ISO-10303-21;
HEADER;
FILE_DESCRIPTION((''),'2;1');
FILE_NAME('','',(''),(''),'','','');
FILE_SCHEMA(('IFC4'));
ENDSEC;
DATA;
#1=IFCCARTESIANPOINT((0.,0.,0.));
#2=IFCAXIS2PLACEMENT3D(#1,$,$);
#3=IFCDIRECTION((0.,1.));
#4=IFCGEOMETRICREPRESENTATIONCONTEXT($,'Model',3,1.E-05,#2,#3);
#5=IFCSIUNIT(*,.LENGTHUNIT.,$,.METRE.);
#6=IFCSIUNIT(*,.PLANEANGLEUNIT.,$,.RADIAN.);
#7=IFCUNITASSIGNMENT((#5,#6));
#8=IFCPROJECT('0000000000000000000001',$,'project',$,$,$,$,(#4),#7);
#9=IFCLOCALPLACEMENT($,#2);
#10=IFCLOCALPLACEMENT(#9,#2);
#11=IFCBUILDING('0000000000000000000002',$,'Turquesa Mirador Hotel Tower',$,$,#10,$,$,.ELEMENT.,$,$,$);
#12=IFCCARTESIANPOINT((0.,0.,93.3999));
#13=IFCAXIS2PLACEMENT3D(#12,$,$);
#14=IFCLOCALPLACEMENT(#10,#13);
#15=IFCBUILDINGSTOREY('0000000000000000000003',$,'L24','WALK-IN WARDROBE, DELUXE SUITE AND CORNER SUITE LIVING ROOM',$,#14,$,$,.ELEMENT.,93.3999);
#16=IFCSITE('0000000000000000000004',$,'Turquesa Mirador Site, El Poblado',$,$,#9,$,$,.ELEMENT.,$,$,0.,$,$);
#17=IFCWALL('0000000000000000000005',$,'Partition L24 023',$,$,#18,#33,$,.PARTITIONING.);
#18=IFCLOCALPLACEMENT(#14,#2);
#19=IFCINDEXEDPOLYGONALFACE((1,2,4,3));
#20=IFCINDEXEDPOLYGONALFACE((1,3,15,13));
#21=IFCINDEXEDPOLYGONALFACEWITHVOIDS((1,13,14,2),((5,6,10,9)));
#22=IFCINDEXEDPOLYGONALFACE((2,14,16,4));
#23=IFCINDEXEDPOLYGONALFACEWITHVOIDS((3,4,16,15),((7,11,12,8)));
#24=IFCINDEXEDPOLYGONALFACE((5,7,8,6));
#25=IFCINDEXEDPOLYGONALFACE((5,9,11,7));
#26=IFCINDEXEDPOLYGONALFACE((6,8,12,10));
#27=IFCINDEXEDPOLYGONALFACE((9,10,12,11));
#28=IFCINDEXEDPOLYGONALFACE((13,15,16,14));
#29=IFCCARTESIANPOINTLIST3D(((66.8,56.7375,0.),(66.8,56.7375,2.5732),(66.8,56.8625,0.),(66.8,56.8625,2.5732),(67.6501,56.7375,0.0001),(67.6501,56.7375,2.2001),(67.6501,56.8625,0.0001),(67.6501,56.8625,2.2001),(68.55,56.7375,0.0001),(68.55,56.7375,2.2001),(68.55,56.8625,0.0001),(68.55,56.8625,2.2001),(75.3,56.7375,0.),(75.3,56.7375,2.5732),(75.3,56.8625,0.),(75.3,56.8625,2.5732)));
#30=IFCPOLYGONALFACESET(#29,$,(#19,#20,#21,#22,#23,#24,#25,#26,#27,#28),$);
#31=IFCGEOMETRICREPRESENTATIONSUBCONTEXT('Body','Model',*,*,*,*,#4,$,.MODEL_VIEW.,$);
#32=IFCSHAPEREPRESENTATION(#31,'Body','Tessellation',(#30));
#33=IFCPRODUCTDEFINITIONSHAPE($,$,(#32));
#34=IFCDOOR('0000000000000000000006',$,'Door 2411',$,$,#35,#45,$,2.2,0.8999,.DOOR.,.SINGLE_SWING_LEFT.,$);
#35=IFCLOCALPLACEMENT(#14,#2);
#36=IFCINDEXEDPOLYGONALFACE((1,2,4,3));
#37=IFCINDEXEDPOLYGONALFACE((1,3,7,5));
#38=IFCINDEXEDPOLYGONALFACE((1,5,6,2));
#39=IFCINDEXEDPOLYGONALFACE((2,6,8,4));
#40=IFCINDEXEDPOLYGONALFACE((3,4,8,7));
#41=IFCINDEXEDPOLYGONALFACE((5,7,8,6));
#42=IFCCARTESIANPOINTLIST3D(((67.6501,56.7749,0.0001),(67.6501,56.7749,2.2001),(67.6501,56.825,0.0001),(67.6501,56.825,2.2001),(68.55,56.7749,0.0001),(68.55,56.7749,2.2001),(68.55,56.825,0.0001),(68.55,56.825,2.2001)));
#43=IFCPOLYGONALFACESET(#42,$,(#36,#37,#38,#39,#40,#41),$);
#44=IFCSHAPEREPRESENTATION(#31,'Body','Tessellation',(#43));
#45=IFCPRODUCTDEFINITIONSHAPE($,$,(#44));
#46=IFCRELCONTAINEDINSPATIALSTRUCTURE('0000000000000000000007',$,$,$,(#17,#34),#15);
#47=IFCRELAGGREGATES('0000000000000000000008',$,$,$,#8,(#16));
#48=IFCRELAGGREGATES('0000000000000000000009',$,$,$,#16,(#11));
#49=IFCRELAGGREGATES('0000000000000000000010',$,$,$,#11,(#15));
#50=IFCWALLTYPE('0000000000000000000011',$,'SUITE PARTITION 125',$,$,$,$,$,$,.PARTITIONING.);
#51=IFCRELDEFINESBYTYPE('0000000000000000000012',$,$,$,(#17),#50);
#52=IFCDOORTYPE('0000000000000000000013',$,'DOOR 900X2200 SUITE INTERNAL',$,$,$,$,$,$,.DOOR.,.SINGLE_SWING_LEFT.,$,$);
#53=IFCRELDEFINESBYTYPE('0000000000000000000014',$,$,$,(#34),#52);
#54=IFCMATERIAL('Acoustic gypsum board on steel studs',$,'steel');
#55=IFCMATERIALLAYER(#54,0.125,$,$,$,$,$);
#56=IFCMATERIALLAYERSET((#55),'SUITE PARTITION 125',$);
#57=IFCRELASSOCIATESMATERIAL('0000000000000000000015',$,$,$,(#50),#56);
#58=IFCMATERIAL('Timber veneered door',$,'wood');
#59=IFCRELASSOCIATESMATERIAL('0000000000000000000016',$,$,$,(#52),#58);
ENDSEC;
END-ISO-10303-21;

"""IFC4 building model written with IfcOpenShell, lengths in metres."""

from ifc_helpers import new_model, si_unit, direction, frame, frame_2d, origin, place, context, subcontext, project, spatial, rectangle, extrude, material, layer, layer_set, type_object, element, fill, save


model = new_model("IFC4")

# Units and contexts
model_context = context("Model", 3, precision=1e-05, world=origin(), true_north=direction((0.0, 1.0)))
body_context = subcontext(model_context, "Body", "Model", "MODEL_VIEW")
ifc_project = project(units=[si_unit("LENGTHUNIT", "METRE"), si_unit("PLANEANGLEUNIT", "RADIAN")], contexts=[model_context])

# Site, building, storey
site_placement = place(None, origin())
site = spatial("IfcSite", under=ifc_project, at=site_placement, Name="Turquesa Mirador Site, El Poblado", CompositionType="ELEMENT", RefElevation=0.0)
building_placement = place(site_placement, origin())
building = spatial("IfcBuilding", under=site, at=building_placement, Name="Turquesa Mirador Hotel Tower", CompositionType="ELEMENT")
storey_placement = place(building_placement, frame((0.0, 0.0, 93.3999)))
storey = spatial("IfcBuildingStorey", under=building, at=storey_placement, Name="L24", Description="WALK-IN WARDROBE, DELUXE SUITE AND CORNER SUITE LIVING ROOM", CompositionType="ELEMENT", Elevation=93.3999)

# Wall, opening, door
ifc_material_1 = material(Name="Acoustic gypsum board on steel studs", Category="steel")
ifc_layer_1 = layer(ifc_material_1, 0.125)
ifc_layer_set_1 = layer_set([ifc_layer_1], Name="SUITE PARTITION 125")
wall_type_1 = type_object("IfcWallType", Name="SUITE PARTITION 125", PredefinedType="PARTITIONING", material=ifc_layer_set_1)
wall_1_placement = place(storey_placement, frame((66.8, 56.8, 0.0), z_axis=(0.0, 0.0, 1.0), x_axis=(1.0, 0.0, 0.0)))
wall_1 = element("IfcWall", 1, at=wall_1_placement, inside=storey, type_object=wall_type_1, Name="Partition L24 023", PredefinedType="PARTITIONING", context=body_context, shape_type="SweptSolid", body=[
    extrude(rectangle(XDim=8.5, YDim=0.125, at=frame_2d((4.25, 0.0))), origin(), (0.0, 0.0, 1.0), 2.5732),
])
opening_1_placement = place(wall_1_placement, frame((0.8501, 0.0, 0.0)))
opening_1 = element("IfcOpeningElement", 2, at=opening_1_placement, cuts=wall_1, PredefinedType="OPENING", context=body_context, shape_type="SweptSolid", body=[
    extrude(rectangle(XDim=0.8999, YDim=2.2, at=frame_2d((0.45, 1.1001))), frame((0.0, 0.0725, 0.0), z_axis=(0.0, -1.0, 0.0), x_axis=(1.0, 0.0, 0.0)), (0.0, 0.0, 1.0), 0.145),
])
ifc_material_2 = material(Name="Timber veneered door", Category="wood")
door_type = type_object("IfcDoorType", Name="DOOR 900X2200 SUITE INTERNAL", OperationType="SINGLE_SWING_LEFT", PredefinedType="DOOR", material=ifc_material_2)
door_placement = place(opening_1_placement, origin())
door = element("IfcDoor", 3, at=door_placement, inside=storey, type_object=door_type, Name="Door 2411", OperationType="SINGLE_SWING_LEFT", OverallHeight=2.2, OverallWidth=0.8999, PredefinedType="DOOR", context=body_context, shape_type="SweptSolid", body=[
    extrude(rectangle(XDim=0.8999, YDim=2.2, at=frame_2d((0.45, 1.1001))), frame((0.0, 0.0249, 0.0), z_axis=(0.0, -1.0, 0.0), x_axis=(1.0, 0.0, 0.0)), (0.0, 0.0, 1.0), 0.05),
])
fill(opening_1, door)

save(model, "model.ifc")
